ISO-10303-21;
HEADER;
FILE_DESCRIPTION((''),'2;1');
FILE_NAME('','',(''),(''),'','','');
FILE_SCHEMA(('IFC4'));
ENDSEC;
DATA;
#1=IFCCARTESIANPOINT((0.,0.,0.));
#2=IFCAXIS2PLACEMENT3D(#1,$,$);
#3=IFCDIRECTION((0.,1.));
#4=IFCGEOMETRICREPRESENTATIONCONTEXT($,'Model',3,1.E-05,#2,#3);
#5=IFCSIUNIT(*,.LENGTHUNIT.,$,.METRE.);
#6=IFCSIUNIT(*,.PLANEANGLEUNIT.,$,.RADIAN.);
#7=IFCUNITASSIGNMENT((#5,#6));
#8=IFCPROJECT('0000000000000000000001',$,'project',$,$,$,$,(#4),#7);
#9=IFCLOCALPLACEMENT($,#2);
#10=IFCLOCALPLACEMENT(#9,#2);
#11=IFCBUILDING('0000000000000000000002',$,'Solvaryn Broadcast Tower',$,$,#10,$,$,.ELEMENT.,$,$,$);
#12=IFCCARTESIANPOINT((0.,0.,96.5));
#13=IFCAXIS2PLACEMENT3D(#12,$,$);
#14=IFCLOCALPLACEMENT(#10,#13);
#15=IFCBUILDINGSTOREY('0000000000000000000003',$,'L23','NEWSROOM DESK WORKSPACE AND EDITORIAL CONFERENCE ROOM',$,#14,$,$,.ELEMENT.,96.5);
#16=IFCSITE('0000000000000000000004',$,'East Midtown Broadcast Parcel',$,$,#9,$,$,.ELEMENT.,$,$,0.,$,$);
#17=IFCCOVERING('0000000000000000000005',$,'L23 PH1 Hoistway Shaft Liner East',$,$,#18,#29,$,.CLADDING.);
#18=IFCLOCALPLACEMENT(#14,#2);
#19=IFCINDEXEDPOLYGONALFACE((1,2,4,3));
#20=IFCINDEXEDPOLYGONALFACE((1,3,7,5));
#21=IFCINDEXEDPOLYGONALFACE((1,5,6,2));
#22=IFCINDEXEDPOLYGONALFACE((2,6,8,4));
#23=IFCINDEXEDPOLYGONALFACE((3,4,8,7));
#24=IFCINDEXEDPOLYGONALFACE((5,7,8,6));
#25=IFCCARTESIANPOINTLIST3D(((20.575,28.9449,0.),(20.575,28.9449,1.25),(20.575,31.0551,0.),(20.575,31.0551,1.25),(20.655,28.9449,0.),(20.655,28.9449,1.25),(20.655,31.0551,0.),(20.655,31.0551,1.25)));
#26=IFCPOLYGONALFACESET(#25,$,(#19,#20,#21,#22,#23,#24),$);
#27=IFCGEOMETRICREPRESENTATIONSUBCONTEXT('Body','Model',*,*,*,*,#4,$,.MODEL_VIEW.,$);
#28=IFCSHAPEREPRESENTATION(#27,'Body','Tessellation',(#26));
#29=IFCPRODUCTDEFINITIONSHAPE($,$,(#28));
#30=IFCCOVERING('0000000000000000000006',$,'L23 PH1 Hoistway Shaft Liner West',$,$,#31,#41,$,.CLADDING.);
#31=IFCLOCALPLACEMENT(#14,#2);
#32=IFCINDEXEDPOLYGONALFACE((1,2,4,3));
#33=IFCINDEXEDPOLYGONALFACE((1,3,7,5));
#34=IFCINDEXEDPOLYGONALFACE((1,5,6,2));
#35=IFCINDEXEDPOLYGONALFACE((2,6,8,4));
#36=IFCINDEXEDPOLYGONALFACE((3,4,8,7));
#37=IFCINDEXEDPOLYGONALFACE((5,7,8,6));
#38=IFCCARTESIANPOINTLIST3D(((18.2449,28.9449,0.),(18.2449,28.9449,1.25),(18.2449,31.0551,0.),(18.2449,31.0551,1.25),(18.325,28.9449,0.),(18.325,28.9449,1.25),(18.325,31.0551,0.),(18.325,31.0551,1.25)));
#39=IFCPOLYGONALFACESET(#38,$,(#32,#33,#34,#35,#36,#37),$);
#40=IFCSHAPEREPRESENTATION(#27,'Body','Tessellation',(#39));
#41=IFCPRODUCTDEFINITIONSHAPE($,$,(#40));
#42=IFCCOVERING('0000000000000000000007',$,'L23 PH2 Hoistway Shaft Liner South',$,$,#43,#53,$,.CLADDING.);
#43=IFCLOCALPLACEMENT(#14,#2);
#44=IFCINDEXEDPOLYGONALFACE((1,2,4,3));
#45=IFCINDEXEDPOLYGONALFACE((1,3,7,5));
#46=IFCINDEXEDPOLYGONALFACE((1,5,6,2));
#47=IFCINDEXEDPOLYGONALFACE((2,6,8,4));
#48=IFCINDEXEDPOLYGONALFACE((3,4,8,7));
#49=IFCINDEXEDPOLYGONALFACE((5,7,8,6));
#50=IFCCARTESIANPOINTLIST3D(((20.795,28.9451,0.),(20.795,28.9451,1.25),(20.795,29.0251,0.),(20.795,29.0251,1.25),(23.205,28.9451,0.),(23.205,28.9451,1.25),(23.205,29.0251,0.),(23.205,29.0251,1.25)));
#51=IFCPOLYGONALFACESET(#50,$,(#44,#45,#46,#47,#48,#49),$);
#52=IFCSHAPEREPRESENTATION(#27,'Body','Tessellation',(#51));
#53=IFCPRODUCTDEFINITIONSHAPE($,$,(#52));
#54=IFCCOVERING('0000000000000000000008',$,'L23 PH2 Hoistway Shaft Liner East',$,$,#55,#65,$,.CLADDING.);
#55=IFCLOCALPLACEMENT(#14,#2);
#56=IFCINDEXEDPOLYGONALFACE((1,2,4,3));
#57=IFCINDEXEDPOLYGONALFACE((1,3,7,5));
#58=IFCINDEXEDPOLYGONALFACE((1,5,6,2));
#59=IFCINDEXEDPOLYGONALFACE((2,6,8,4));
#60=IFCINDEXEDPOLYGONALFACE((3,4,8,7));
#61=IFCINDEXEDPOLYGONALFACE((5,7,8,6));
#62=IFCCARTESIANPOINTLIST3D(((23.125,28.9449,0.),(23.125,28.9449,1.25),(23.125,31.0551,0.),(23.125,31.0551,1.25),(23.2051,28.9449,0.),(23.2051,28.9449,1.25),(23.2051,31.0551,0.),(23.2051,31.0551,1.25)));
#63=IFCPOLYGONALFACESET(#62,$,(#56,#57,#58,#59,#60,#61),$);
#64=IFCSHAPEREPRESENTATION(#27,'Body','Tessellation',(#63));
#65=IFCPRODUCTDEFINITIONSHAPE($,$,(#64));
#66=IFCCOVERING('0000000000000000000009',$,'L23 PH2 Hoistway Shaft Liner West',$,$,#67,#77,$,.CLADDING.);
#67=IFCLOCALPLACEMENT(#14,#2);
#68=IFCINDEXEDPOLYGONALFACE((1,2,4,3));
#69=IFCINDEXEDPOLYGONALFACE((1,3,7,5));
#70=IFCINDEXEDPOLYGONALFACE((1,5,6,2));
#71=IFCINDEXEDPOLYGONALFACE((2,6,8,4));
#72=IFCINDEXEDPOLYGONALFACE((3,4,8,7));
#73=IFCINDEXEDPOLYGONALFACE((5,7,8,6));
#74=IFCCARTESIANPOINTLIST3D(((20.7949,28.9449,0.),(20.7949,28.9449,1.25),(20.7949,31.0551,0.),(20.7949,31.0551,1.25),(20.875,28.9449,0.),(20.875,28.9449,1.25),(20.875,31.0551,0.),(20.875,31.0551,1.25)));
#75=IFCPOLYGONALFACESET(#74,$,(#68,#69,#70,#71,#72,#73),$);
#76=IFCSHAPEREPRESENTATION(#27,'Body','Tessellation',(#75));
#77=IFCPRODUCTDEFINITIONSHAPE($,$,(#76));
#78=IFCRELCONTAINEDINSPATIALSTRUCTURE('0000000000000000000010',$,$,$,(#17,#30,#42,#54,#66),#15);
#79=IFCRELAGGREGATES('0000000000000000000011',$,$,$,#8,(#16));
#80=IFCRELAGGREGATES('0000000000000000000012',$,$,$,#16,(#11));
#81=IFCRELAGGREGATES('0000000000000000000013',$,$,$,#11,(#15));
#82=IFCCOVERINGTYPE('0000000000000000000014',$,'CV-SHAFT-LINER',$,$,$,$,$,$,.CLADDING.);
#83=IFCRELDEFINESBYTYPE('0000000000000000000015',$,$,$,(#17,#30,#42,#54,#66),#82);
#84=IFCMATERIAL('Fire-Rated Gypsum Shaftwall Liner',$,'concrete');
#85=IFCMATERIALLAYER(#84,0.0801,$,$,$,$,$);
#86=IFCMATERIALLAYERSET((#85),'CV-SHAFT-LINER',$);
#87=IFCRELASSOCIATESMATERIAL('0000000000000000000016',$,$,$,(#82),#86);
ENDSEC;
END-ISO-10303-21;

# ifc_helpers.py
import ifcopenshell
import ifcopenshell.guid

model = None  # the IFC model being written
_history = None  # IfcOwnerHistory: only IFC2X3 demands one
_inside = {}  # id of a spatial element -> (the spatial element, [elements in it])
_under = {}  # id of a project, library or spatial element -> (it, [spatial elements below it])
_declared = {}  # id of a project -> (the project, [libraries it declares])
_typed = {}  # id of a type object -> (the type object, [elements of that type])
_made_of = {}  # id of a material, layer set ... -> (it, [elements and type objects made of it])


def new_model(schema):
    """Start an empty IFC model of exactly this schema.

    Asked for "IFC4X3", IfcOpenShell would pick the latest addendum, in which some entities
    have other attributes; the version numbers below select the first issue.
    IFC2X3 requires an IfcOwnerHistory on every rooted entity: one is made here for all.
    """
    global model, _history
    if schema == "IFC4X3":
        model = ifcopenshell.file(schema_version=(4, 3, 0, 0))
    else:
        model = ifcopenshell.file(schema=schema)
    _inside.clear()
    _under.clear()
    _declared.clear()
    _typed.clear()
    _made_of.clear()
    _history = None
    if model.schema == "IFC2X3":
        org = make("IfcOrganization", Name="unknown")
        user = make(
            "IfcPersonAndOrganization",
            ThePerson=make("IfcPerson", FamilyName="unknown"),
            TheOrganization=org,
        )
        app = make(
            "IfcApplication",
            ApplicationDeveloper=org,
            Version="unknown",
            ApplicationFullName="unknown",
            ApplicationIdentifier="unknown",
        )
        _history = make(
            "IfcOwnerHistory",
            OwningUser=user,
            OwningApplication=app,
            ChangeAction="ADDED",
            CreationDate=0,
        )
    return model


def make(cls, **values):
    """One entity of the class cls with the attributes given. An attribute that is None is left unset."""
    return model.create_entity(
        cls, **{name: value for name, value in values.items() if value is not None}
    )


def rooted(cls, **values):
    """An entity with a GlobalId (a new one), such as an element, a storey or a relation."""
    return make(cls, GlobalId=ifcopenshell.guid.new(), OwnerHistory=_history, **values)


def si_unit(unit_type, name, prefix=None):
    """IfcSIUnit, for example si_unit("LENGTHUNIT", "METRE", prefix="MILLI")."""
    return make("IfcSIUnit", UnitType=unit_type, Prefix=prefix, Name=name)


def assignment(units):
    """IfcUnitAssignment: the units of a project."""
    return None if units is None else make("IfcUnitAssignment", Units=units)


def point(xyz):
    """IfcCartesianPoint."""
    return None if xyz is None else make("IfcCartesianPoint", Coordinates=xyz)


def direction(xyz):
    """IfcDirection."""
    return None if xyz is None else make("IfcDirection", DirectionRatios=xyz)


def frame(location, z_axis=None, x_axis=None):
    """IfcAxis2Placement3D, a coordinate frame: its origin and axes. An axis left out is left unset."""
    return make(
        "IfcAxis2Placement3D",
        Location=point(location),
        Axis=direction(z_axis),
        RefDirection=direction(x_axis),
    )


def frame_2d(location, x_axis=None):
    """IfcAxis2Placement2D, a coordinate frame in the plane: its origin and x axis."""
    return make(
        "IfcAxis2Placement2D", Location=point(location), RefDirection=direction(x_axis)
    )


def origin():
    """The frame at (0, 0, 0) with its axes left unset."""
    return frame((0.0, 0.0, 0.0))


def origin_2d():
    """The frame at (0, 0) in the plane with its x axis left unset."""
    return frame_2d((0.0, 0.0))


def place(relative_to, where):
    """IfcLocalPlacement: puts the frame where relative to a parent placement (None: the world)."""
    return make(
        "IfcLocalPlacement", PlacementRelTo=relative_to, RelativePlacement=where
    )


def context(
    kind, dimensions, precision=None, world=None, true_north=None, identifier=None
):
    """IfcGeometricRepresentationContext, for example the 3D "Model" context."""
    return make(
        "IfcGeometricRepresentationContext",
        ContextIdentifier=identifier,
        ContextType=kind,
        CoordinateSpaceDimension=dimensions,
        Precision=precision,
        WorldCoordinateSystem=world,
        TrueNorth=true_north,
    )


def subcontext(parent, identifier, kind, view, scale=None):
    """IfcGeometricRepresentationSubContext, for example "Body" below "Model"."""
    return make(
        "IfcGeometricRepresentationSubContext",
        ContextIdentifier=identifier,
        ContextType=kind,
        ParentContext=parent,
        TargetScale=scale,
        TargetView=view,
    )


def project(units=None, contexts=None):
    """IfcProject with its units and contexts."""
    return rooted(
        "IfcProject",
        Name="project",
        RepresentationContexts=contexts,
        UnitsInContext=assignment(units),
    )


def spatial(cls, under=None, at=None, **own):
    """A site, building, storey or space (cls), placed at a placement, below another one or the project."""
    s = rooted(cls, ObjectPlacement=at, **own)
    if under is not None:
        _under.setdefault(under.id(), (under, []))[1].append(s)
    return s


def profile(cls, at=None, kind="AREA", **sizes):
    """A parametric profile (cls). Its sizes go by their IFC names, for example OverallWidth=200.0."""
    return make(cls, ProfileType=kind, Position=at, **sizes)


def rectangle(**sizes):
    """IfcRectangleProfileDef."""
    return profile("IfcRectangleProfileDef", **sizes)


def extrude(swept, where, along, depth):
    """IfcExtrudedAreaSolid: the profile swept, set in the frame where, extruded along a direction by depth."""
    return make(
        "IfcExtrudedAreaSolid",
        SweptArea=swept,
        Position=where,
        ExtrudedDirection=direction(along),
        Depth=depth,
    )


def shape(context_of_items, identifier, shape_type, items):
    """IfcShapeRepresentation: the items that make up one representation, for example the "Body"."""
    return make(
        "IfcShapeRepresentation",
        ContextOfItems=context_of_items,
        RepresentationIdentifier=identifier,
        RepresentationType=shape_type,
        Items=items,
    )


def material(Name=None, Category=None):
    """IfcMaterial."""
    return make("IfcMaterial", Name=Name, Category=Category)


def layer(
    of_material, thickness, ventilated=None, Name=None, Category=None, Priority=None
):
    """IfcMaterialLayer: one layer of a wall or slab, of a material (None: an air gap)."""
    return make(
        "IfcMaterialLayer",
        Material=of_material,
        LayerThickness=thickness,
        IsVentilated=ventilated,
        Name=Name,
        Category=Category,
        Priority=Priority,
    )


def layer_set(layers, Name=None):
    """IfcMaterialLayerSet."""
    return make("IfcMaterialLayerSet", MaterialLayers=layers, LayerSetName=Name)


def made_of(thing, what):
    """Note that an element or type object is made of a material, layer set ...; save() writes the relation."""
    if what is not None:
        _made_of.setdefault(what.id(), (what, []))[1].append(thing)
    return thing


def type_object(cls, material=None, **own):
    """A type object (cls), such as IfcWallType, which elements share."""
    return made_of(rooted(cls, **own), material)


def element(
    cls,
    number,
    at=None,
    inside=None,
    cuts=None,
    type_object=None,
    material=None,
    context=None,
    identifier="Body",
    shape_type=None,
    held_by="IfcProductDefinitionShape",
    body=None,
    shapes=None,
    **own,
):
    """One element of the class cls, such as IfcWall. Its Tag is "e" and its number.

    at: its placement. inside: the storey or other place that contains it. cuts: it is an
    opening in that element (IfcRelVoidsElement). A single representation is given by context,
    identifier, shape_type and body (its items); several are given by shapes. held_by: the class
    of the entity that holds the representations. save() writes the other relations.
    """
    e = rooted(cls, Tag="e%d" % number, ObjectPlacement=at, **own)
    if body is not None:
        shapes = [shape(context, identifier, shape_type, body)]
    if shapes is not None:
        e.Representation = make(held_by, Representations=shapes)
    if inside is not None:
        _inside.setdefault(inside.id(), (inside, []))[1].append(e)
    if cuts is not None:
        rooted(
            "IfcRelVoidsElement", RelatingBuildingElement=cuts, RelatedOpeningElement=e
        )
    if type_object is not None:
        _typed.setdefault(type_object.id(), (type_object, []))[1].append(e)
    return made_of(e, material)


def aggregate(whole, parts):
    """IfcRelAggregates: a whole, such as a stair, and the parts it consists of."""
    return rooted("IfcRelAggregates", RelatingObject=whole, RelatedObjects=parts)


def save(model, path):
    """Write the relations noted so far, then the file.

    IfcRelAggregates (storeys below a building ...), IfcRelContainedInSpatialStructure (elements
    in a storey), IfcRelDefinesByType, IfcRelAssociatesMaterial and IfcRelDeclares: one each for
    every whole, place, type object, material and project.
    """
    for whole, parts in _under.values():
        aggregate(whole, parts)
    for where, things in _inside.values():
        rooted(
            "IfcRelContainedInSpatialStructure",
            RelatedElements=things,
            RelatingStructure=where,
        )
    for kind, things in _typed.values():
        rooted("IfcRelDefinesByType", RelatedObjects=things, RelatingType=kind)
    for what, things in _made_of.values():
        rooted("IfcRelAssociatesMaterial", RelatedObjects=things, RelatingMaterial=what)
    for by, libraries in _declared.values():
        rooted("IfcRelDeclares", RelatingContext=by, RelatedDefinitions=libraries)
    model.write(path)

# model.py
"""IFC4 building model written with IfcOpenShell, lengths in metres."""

from ifc_helpers import new_model, si_unit, direction, frame, origin, origin_2d, place, context, subcontext, project, spatial, rectangle, extrude, material, layer, layer_set, type_object, element, save


model = new_model("IFC4")

# Units and contexts
model_context = context("Model", 3, precision=1e-05, world=origin(), true_north=direction((0.0, 1.0)))
body_context = subcontext(model_context, "Body", "Model", "MODEL_VIEW")
ifc_project = project(units=[si_unit("LENGTHUNIT", "METRE"), si_unit("PLANEANGLEUNIT", "RADIAN")], contexts=[model_context])

# Site, building, storey
site_placement = place(None, origin())
site = spatial("IfcSite", under=ifc_project, at=site_placement, Name="East Midtown Broadcast Parcel", CompositionType="ELEMENT", RefElevation=0.0)
building_placement = place(site_placement, origin())
building = spatial("IfcBuilding", under=site, at=building_placement, Name="Solvaryn Broadcast Tower", CompositionType="ELEMENT")
storey_placement = place(building_placement, frame((0.0, 0.0, 96.5)))
storey = spatial("IfcBuildingStorey", under=building, at=storey_placement, Name="L23", Description="NEWSROOM DESK WORKSPACE AND EDITORIAL CONFERENCE ROOM", CompositionType="ELEMENT", Elevation=96.5)

# Coverings
ifc_material_1 = material(Name="Fire-Rated Gypsum Shaftwall Liner", Category="concrete")
ifc_layer_1 = layer(ifc_material_1, 0.0801)
ifc_layer_set_1 = layer_set([ifc_layer_1], Name="CV-SHAFT-LINER")
covering_type = type_object("IfcCoveringType", Name="CV-SHAFT-LINER", PredefinedType="CLADDING", material=ifc_layer_set_1)
for number, where, z_axis, x_axis, name in (
    (1, (20.615, 30.0, 0.0), (0.0, 0.0, 1.0), (1.0, 0.0, 0.0), "L23 PH1 Hoistway Shaft Liner East"),
    (2, (18.2849, 30.0, 0.0), (0.0, 0.0, 1.0), (1.0, 0.0, 0.0), "L23 PH1 Hoistway Shaft Liner West"),
):
    element("IfcCovering", number, at=place(storey_placement, frame(where, z_axis=z_axis, x_axis=x_axis)), inside=storey, type_object=covering_type, Name=name, PredefinedType="CLADDING", context=body_context, shape_type="SweptSolid", body=[
        extrude(rectangle(XDim=0.0801, YDim=2.1101, at=origin_2d()), origin(), (0.0, 0.0, 1.0), 1.25),
    ])
covering_placement = place(storey_placement, frame((22.0, 28.9851, 0.0), z_axis=(0.0, 0.0, 1.0), x_axis=(1.0, 0.0, 0.0)))
element("IfcCovering", 3, at=covering_placement, inside=storey, type_object=covering_type, Name="L23 PH2 Hoistway Shaft Liner South", PredefinedType="CLADDING", context=body_context, shape_type="SweptSolid", body=[
    extrude(rectangle(XDim=2.4099, YDim=0.0801, at=origin_2d()), origin(), (0.0, 0.0, 1.0), 1.25),
])
for number, where, z_axis, x_axis, name in (
    (4, (23.165, 30.0, 0.0), (0.0, 0.0, 1.0), (1.0, 0.0, 0.0), "L23 PH2 Hoistway Shaft Liner East"),
    (5, (20.835, 30.0, 0.0), (0.0, 0.0, 1.0), (1.0, 0.0, 0.0), "L23 PH2 Hoistway Shaft Liner West"),
):
    element("IfcCovering", number, at=place(storey_placement, frame(where, z_axis=z_axis, x_axis=x_axis)), inside=storey, type_object=covering_type, Name=name, PredefinedType="CLADDING", context=body_context, shape_type="SweptSolid", body=[
        extrude(rectangle(XDim=0.0801, YDim=2.1101, at=origin_2d()), origin(), (0.0, 0.0, 1.0), 1.25),
    ])

save(model, "model.ifc")
